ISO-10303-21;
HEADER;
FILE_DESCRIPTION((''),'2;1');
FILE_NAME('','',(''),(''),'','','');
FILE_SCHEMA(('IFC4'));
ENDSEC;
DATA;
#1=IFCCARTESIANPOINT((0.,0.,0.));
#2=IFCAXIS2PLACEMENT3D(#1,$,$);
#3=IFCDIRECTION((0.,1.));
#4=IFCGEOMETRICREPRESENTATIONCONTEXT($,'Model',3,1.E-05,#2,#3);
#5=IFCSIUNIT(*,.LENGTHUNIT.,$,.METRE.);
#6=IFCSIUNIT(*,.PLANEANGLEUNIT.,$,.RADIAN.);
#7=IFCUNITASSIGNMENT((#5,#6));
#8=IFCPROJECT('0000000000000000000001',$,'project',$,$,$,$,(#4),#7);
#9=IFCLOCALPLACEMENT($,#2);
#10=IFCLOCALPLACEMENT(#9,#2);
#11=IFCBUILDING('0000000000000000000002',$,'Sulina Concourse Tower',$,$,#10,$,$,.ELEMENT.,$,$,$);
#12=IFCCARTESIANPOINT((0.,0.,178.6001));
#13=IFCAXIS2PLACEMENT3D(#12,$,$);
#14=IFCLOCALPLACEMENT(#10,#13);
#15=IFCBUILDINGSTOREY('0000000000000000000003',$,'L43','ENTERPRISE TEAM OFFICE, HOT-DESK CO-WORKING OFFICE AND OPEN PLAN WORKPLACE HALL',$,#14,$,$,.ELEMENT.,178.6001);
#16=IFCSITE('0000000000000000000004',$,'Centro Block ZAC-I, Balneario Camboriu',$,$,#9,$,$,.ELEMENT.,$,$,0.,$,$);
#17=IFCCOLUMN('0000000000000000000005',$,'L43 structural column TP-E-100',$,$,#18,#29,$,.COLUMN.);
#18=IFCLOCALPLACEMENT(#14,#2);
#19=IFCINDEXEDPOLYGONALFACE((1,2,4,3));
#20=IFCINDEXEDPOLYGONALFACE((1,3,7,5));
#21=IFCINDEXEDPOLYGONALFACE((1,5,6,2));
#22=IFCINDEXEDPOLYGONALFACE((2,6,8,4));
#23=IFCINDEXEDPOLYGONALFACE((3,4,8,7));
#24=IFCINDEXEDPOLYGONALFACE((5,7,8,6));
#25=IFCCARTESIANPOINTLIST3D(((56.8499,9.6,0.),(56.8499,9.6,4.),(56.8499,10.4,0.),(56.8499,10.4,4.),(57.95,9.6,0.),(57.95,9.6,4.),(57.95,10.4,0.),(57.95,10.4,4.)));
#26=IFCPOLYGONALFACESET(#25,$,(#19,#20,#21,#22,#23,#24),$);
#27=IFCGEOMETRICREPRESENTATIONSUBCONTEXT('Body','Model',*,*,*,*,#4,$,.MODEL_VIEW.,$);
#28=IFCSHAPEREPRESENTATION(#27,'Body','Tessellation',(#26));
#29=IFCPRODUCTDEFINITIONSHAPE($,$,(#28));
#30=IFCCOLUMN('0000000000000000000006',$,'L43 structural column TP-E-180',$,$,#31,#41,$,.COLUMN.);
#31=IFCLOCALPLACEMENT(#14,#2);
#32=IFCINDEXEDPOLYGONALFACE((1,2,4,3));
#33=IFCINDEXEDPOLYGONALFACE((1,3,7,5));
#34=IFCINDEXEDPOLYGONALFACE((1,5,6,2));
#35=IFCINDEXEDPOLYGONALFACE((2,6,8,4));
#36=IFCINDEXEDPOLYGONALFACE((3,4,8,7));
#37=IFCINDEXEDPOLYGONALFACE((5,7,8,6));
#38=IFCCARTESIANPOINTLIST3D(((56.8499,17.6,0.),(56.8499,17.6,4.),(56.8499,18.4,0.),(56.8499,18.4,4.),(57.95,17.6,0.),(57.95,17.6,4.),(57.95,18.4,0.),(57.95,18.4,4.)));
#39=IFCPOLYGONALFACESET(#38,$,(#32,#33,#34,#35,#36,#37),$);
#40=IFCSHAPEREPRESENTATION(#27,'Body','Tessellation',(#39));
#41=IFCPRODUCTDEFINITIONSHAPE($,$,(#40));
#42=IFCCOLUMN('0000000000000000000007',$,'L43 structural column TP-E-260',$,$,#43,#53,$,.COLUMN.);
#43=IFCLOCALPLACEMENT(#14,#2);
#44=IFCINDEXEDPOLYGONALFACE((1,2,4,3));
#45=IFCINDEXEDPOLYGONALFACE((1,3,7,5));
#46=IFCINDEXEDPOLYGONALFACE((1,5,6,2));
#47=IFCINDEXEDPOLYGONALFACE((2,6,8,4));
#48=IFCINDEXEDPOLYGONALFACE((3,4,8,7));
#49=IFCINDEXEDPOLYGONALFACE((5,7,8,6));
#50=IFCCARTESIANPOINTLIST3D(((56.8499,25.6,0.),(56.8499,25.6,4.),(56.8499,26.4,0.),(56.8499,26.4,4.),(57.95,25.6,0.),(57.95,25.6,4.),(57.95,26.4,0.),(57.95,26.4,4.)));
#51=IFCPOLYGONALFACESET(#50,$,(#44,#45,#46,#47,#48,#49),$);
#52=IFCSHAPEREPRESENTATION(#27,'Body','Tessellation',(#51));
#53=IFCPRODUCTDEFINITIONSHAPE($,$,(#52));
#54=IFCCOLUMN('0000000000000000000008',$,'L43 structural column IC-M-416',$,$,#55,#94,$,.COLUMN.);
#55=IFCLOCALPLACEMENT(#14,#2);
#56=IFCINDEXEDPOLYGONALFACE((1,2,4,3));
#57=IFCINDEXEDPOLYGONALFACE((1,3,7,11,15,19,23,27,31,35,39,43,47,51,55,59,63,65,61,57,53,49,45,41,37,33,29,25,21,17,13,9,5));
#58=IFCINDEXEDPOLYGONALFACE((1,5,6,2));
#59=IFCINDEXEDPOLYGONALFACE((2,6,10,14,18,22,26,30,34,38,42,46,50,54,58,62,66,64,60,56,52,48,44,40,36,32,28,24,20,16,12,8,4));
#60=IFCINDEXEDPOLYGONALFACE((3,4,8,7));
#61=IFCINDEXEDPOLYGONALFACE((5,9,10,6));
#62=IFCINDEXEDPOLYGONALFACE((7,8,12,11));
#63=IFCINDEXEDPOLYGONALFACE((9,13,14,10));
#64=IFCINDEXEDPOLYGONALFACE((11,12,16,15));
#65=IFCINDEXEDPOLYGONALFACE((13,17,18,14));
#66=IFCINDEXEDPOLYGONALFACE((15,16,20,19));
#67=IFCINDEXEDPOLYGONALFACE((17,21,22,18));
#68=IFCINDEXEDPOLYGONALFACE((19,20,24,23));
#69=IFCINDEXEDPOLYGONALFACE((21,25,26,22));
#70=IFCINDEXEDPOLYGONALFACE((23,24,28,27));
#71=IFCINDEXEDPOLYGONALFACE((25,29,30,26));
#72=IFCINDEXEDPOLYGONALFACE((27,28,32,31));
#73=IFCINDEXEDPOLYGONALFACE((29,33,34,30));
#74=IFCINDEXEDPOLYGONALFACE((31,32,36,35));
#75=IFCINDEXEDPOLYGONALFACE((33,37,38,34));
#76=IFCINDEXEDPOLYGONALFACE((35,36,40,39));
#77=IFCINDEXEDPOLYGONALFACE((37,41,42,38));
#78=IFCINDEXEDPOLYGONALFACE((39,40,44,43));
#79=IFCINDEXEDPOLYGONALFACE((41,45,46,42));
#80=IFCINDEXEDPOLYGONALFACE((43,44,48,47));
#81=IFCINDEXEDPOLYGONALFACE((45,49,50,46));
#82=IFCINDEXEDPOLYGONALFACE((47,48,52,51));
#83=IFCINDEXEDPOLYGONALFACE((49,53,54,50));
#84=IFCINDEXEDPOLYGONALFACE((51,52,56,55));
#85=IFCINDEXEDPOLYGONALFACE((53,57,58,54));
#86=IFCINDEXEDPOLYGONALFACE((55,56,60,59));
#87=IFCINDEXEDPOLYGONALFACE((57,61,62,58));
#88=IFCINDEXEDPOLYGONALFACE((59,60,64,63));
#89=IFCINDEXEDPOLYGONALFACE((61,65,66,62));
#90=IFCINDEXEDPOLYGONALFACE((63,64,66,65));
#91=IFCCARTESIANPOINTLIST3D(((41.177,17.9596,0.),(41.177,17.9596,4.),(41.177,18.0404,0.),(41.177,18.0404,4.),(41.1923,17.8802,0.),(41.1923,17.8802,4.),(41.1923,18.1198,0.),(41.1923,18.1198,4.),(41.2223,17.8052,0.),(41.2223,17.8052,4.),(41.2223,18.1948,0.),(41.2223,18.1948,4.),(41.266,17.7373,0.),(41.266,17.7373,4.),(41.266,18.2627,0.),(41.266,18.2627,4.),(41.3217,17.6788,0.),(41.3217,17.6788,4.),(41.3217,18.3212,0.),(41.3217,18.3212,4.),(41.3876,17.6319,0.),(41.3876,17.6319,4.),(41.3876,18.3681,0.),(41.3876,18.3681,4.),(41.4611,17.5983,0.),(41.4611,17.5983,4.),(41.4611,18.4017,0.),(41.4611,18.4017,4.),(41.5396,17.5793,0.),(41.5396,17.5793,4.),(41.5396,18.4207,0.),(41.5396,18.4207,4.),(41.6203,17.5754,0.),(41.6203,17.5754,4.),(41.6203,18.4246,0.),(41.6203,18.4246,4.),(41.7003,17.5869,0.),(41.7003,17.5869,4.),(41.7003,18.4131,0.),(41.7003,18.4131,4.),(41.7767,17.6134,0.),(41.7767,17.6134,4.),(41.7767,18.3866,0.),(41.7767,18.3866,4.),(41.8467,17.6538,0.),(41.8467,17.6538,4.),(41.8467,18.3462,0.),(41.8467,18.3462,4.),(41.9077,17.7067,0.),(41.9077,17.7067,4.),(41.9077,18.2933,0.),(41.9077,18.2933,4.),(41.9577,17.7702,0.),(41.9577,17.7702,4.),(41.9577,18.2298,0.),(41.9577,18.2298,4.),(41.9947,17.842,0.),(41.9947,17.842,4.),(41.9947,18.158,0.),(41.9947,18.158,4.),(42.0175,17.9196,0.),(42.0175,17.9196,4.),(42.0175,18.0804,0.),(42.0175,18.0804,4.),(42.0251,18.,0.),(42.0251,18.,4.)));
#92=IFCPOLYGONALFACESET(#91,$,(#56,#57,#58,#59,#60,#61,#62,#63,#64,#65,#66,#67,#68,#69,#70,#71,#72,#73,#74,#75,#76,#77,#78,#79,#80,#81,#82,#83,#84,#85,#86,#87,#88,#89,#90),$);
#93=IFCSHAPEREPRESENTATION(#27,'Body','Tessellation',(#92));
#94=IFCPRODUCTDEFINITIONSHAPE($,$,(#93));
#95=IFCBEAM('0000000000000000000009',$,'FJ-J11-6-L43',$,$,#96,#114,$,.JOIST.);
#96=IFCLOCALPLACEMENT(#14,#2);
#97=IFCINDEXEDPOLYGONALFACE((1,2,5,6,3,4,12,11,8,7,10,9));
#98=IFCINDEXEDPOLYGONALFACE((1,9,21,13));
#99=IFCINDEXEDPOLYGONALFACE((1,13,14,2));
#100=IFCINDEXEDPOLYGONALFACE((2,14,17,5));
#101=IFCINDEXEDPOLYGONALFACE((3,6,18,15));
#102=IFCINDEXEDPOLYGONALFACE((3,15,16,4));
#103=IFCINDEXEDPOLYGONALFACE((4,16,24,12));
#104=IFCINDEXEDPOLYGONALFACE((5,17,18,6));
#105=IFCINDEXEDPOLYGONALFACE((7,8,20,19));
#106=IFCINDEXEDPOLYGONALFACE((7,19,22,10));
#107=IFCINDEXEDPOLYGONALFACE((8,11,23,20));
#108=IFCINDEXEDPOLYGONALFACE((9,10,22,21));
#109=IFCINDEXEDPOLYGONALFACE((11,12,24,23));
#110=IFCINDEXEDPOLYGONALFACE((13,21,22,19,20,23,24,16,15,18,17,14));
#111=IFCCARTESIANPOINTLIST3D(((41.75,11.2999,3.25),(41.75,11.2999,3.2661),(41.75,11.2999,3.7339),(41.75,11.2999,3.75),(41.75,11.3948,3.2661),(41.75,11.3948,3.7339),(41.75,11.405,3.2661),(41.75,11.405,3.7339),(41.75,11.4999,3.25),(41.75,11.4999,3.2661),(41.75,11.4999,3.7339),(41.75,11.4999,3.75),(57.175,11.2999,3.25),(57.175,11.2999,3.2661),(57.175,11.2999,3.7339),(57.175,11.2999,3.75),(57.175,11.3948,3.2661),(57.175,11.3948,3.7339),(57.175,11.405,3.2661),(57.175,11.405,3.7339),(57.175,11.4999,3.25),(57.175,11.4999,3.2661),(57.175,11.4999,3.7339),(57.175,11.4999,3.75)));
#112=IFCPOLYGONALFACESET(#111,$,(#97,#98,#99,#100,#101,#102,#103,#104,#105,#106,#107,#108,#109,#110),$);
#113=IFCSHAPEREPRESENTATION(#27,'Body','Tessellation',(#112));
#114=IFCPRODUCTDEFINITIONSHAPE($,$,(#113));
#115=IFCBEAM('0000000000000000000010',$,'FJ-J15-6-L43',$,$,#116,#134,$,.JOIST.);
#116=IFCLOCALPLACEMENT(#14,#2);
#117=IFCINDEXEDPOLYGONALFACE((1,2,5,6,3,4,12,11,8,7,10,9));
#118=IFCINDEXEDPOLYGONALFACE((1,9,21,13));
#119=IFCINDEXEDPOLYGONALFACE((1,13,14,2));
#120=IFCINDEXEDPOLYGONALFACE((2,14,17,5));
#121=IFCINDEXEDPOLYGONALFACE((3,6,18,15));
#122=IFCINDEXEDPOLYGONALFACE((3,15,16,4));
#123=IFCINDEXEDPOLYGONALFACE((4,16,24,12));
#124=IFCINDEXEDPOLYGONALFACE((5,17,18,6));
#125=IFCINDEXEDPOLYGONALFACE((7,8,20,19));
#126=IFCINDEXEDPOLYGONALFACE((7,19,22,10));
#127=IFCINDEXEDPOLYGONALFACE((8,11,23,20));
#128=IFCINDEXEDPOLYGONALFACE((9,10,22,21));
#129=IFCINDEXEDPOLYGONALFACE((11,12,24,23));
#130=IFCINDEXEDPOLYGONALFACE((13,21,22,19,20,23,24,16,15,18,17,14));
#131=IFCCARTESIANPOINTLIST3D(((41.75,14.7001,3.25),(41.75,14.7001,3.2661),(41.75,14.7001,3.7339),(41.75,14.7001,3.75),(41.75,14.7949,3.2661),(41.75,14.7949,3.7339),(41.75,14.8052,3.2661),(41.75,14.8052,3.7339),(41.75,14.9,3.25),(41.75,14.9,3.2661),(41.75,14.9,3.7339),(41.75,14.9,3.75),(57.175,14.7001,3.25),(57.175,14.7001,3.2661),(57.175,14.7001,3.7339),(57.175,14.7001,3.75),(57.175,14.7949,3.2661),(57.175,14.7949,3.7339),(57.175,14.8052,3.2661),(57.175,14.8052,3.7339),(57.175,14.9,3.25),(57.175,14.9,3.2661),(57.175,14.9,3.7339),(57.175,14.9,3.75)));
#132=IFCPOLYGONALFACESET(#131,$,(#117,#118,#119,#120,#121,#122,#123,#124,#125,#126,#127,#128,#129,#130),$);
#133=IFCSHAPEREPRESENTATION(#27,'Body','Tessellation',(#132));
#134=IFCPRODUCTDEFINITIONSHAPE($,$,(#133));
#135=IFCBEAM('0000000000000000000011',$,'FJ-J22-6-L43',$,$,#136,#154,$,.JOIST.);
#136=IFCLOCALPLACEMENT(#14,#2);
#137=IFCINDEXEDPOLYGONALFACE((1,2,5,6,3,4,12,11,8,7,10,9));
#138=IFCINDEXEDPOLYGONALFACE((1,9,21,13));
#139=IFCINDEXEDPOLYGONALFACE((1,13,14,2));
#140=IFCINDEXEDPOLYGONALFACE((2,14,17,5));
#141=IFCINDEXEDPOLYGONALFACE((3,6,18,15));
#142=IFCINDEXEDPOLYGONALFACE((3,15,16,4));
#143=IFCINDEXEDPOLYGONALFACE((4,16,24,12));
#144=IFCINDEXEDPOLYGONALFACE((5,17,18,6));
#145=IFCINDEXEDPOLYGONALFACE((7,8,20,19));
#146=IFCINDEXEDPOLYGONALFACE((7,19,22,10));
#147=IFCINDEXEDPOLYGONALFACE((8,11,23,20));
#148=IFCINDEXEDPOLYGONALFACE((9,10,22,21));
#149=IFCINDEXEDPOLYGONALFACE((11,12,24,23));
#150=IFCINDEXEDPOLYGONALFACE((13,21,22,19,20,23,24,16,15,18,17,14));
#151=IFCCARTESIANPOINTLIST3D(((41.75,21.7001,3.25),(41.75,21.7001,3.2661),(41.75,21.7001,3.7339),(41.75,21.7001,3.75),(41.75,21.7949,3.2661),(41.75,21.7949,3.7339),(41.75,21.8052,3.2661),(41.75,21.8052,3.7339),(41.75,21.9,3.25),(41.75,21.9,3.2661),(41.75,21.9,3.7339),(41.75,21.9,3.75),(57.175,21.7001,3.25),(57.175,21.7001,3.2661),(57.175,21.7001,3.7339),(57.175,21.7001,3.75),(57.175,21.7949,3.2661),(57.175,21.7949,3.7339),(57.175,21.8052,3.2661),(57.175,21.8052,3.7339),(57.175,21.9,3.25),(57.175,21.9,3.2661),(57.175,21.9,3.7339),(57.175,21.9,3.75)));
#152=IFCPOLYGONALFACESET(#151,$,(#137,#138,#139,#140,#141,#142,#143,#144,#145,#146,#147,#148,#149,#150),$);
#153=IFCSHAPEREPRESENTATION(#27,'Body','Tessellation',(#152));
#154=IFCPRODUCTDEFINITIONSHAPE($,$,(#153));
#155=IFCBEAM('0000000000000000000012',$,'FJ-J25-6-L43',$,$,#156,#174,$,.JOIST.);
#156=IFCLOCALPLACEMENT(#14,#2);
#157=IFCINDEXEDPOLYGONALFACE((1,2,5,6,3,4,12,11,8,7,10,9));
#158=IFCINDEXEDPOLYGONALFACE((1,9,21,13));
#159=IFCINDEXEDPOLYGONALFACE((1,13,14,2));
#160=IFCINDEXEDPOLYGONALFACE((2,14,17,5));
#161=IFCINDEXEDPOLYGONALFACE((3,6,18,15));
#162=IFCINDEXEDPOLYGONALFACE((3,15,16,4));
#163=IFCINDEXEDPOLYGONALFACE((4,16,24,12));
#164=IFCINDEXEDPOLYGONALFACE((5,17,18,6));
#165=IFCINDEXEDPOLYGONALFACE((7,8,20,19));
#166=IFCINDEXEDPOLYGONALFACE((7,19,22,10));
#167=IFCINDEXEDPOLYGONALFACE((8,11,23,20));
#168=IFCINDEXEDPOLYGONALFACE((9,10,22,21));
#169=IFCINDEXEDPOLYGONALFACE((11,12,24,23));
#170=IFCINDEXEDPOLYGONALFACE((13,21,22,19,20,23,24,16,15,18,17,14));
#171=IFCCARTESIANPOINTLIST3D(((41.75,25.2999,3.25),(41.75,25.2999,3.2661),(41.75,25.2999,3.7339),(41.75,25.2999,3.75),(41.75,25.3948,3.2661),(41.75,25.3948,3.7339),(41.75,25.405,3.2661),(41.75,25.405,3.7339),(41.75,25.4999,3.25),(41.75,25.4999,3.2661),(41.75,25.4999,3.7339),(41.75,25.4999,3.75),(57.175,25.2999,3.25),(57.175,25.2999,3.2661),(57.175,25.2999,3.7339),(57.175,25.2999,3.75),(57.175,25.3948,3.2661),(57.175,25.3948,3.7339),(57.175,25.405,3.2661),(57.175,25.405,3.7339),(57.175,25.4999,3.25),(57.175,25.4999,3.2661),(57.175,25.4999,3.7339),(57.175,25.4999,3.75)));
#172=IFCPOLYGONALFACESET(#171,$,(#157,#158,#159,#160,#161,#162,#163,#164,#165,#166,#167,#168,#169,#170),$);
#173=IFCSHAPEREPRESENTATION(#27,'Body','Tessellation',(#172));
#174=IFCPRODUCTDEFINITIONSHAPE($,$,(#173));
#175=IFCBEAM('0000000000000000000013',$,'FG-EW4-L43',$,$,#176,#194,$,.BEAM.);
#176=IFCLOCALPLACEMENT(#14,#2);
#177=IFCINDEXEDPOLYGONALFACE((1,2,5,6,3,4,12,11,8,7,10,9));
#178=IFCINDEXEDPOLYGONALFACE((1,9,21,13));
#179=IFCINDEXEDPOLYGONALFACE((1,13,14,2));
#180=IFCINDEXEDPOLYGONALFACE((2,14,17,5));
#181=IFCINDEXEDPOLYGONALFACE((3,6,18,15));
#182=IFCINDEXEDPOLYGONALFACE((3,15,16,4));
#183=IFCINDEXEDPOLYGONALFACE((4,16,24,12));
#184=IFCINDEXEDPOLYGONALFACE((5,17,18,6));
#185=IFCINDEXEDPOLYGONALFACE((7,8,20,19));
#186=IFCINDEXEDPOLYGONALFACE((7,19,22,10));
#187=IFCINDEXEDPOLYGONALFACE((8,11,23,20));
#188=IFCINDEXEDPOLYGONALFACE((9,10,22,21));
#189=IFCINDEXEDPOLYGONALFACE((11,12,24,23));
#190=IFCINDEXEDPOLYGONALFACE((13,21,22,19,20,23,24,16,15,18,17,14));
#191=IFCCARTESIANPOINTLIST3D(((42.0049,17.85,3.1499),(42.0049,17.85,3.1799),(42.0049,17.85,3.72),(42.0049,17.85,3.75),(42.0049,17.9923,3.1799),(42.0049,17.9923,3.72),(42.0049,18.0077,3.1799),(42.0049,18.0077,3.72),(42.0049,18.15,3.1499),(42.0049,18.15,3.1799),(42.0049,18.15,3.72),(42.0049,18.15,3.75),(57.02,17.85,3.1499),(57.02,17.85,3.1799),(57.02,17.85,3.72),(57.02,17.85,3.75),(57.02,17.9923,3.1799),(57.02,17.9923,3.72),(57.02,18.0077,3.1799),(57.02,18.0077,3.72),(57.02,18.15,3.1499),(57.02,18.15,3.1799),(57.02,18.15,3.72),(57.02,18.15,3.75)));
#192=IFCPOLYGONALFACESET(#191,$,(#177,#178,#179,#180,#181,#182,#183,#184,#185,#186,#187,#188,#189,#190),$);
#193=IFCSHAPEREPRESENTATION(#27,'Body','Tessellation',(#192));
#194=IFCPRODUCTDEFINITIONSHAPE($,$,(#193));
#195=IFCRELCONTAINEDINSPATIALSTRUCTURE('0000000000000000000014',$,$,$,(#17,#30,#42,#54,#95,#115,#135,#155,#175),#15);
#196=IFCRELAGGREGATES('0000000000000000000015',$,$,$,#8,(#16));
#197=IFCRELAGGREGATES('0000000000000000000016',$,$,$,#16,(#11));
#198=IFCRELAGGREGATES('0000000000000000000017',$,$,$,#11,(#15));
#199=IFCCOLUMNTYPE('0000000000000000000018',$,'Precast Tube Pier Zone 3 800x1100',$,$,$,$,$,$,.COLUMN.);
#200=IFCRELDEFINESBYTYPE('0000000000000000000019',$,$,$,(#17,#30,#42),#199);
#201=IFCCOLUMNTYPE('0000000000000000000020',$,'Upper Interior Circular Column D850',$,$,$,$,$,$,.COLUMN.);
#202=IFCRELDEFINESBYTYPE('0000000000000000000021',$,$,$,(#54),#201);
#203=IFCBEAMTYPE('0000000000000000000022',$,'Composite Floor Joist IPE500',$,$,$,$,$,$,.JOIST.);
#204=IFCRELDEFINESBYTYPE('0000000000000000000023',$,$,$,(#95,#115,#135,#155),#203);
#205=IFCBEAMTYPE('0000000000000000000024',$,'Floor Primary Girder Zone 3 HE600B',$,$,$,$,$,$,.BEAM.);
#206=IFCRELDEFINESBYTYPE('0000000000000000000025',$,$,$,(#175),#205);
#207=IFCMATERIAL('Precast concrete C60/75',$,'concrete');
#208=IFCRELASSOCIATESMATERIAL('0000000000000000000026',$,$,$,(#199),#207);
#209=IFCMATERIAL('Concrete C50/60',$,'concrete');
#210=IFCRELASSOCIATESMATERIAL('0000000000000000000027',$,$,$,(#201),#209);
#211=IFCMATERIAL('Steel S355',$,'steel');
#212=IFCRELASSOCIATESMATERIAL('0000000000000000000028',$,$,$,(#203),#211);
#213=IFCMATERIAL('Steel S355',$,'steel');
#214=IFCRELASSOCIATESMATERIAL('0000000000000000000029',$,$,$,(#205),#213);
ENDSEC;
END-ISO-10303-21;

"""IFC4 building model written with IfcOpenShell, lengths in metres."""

from ifc_helpers import new_model, si_unit, direction, frame, origin, origin_2d, place, context, subcontext, project, spatial, rectangle, circle, i_section, extrude, material, material_profile, profile_set, type_object, element, save


model = new_model("IFC4")

# Units and contexts
model_context = context("Model", 3, precision=1e-05, world=origin(), true_north=direction((0.0, 1.0)))
body_context = subcontext(model_context, "Body", "Model", "MODEL_VIEW")
ifc_project = project(units=[si_unit("LENGTHUNIT", "METRE"), si_unit("PLANEANGLEUNIT", "RADIAN")], contexts=[model_context])

# Site, building, storey
site_placement = place(None, origin())
site = spatial("IfcSite", under=ifc_project, at=site_placement, Name="Centro Block ZAC-I, Balneario Camboriu", CompositionType="ELEMENT", RefElevation=0.0)
building_placement = place(site_placement, origin())
building = spatial("IfcBuilding", under=site, at=building_placement, Name="Sulina Concourse Tower", CompositionType="ELEMENT")
storey_placement = place(building_placement, frame((0.0, 0.0, 178.6001)))
storey = spatial("IfcBuildingStorey", under=building, at=storey_placement, Name="L43", Description="ENTERPRISE TEAM OFFICE, HOT-DESK CO-WORKING OFFICE AND OPEN PLAN WORKPLACE HALL", CompositionType="ELEMENT", Elevation=178.6001)

# Columns
ifc_material_1 = material(Name="Precast concrete C60/75", Category="concrete")
ifc_material_profile_1 = material_profile(ifc_material_1, rectangle(XDim=0.8, YDim=1.1001, at=origin_2d()), Name="PC 800x1100")
ifc_profile_set_1 = profile_set([ifc_material_profile_1], Name="Precast concrete C60/75")
column_type_1 = type_object("IfcColumnType", Name="Precast Tube Pier Zone 3 800x1100", PredefinedType="COLUMN", material=ifc_profile_set_1)
for number, where, z_axis, x_axis, name in (
    (1, (57.3999, 10.0, 0.0), (0.0, 0.0, 1.0), (0.0, 1.0, 0.0), "L43 structural column TP-E-100"),
    (2, (57.3999, 18.0, 0.0), (0.0, 0.0, 1.0), (0.0, 1.0, 0.0), "L43 structural column TP-E-180"),
    (3, (57.3999, 26.0, 0.0), (0.0, 0.0, 1.0), (0.0, 1.0, 0.0), "L43 structural column TP-E-260"),
):
    element("IfcColumn", number, at=place(storey_placement, frame(where, z_axis=z_axis, x_axis=x_axis)), inside=storey, type_object=column_type_1, Name=name, PredefinedType="COLUMN", context=body_context, shape_type="SweptSolid", body=[
        extrude(rectangle(XDim=0.8, YDim=1.1001, at=origin_2d()), origin(), (0.0, 0.0, 1.0), 4.0),
    ])
ifc_material_2 = material(Name="Concrete C50/60", Category="concrete")
ifc_material_profile_2 = material_profile(ifc_material_2, circle(Radius=0.425, at=origin_2d()), Name="RC D850")
ifc_profile_set_2 = profile_set([ifc_material_profile_2], Name="Concrete C50/60")
column_type_2 = type_object("IfcColumnType", Name="Upper Interior Circular Column D850", PredefinedType="COLUMN", material=ifc_profile_set_2)
column_placement = place(storey_placement, frame((41.6001, 18.0, 0.0), z_axis=(0.0, 0.0, 1.0), x_axis=(1.0, 0.0, 0.0)))
element("IfcColumn", 4, at=column_placement, inside=storey, type_object=column_type_2, Name="L43 structural column IC-M-416", PredefinedType="COLUMN", context=body_context, shape_type="SweptSolid", body=[
    extrude(circle(Radius=0.425, at=origin_2d()), origin(), (0.0, 0.0, 1.0), 4.0),
])

# Beams
ifc_material_3 = material(Name="Steel S355", Category="steel")
ifc_material_profile_3 = material_profile(ifc_material_3, i_section(OverallWidth=0.2, OverallDepth=0.5, WebThickness=0.0103, FlangeThickness=0.0161, at=origin_2d()), Name="IPE 500")
ifc_profile_set_3 = profile_set([ifc_material_profile_3], Name="Steel S355")
beam_type_1 = type_object("IfcBeamType", Name="Composite Floor Joist IPE500", PredefinedType="JOIST", material=ifc_profile_set_3)
for number, where, z_axis, x_axis, name in (
    (5, (41.75, 11.3999, 3.5), (1.0, 0.0, 0.0), (0.0, 1.0, 0.0), "FJ-J11-6-L43"),
    (6, (41.75, 14.8, 3.5), (1.0, 0.0, 0.0), (0.0, 1.0, 0.0), "FJ-J15-6-L43"),
    (7, (41.75, 21.8, 3.5), (1.0, 0.0, 0.0), (0.0, 1.0, 0.0), "FJ-J22-6-L43"),
    (8, (41.75, 25.3999, 3.5), (1.0, 0.0, 0.0), (0.0, 1.0, 0.0), "FJ-J25-6-L43"),
):
    element("IfcBeam", number, at=place(storey_placement, frame(where, z_axis=z_axis, x_axis=x_axis)), inside=storey, type_object=beam_type_1, Name=name, PredefinedType="JOIST", context=body_context, shape_type="SweptSolid", body=[
        extrude(i_section(OverallWidth=0.2, OverallDepth=0.5, WebThickness=0.0103, FlangeThickness=0.0161, at=origin_2d()), origin(), (0.0, 0.0, 1.0), 15.425),
    ])
ifc_material_4 = material(Name="Steel S355", Category="steel")
ifc_material_profile_4 = material_profile(ifc_material_4, i_section(OverallWidth=0.3, OverallDepth=0.6001, WebThickness=0.0154, FlangeThickness=0.03, at=origin_2d()), Name="HE 600 B")
ifc_profile_set_4 = profile_set([ifc_material_profile_4], Name="Steel S355")
beam_type_2 = type_object("IfcBeamType", Name="Floor Primary Girder Zone 3 HE600B", PredefinedType="BEAM", material=ifc_profile_set_4)
beam_1_placement = place(storey_placement, frame((42.0049, 18.0, 3.45), z_axis=(1.0, 0.0, 0.0), x_axis=(0.0, 1.0, 0.0)))
element("IfcBeam", 9, at=beam_1_placement, inside=storey, type_object=beam_type_2, Name="FG-EW4-L43", PredefinedType="BEAM", context=body_context, shape_type="SweptSolid", body=[
    extrude(i_section(OverallWidth=0.3, OverallDepth=0.6001, WebThickness=0.0154, FlangeThickness=0.03, at=origin_2d()), origin(), (0.0, 0.0, 1.0), 15.0151),
])

save(model, "model.ifc")
